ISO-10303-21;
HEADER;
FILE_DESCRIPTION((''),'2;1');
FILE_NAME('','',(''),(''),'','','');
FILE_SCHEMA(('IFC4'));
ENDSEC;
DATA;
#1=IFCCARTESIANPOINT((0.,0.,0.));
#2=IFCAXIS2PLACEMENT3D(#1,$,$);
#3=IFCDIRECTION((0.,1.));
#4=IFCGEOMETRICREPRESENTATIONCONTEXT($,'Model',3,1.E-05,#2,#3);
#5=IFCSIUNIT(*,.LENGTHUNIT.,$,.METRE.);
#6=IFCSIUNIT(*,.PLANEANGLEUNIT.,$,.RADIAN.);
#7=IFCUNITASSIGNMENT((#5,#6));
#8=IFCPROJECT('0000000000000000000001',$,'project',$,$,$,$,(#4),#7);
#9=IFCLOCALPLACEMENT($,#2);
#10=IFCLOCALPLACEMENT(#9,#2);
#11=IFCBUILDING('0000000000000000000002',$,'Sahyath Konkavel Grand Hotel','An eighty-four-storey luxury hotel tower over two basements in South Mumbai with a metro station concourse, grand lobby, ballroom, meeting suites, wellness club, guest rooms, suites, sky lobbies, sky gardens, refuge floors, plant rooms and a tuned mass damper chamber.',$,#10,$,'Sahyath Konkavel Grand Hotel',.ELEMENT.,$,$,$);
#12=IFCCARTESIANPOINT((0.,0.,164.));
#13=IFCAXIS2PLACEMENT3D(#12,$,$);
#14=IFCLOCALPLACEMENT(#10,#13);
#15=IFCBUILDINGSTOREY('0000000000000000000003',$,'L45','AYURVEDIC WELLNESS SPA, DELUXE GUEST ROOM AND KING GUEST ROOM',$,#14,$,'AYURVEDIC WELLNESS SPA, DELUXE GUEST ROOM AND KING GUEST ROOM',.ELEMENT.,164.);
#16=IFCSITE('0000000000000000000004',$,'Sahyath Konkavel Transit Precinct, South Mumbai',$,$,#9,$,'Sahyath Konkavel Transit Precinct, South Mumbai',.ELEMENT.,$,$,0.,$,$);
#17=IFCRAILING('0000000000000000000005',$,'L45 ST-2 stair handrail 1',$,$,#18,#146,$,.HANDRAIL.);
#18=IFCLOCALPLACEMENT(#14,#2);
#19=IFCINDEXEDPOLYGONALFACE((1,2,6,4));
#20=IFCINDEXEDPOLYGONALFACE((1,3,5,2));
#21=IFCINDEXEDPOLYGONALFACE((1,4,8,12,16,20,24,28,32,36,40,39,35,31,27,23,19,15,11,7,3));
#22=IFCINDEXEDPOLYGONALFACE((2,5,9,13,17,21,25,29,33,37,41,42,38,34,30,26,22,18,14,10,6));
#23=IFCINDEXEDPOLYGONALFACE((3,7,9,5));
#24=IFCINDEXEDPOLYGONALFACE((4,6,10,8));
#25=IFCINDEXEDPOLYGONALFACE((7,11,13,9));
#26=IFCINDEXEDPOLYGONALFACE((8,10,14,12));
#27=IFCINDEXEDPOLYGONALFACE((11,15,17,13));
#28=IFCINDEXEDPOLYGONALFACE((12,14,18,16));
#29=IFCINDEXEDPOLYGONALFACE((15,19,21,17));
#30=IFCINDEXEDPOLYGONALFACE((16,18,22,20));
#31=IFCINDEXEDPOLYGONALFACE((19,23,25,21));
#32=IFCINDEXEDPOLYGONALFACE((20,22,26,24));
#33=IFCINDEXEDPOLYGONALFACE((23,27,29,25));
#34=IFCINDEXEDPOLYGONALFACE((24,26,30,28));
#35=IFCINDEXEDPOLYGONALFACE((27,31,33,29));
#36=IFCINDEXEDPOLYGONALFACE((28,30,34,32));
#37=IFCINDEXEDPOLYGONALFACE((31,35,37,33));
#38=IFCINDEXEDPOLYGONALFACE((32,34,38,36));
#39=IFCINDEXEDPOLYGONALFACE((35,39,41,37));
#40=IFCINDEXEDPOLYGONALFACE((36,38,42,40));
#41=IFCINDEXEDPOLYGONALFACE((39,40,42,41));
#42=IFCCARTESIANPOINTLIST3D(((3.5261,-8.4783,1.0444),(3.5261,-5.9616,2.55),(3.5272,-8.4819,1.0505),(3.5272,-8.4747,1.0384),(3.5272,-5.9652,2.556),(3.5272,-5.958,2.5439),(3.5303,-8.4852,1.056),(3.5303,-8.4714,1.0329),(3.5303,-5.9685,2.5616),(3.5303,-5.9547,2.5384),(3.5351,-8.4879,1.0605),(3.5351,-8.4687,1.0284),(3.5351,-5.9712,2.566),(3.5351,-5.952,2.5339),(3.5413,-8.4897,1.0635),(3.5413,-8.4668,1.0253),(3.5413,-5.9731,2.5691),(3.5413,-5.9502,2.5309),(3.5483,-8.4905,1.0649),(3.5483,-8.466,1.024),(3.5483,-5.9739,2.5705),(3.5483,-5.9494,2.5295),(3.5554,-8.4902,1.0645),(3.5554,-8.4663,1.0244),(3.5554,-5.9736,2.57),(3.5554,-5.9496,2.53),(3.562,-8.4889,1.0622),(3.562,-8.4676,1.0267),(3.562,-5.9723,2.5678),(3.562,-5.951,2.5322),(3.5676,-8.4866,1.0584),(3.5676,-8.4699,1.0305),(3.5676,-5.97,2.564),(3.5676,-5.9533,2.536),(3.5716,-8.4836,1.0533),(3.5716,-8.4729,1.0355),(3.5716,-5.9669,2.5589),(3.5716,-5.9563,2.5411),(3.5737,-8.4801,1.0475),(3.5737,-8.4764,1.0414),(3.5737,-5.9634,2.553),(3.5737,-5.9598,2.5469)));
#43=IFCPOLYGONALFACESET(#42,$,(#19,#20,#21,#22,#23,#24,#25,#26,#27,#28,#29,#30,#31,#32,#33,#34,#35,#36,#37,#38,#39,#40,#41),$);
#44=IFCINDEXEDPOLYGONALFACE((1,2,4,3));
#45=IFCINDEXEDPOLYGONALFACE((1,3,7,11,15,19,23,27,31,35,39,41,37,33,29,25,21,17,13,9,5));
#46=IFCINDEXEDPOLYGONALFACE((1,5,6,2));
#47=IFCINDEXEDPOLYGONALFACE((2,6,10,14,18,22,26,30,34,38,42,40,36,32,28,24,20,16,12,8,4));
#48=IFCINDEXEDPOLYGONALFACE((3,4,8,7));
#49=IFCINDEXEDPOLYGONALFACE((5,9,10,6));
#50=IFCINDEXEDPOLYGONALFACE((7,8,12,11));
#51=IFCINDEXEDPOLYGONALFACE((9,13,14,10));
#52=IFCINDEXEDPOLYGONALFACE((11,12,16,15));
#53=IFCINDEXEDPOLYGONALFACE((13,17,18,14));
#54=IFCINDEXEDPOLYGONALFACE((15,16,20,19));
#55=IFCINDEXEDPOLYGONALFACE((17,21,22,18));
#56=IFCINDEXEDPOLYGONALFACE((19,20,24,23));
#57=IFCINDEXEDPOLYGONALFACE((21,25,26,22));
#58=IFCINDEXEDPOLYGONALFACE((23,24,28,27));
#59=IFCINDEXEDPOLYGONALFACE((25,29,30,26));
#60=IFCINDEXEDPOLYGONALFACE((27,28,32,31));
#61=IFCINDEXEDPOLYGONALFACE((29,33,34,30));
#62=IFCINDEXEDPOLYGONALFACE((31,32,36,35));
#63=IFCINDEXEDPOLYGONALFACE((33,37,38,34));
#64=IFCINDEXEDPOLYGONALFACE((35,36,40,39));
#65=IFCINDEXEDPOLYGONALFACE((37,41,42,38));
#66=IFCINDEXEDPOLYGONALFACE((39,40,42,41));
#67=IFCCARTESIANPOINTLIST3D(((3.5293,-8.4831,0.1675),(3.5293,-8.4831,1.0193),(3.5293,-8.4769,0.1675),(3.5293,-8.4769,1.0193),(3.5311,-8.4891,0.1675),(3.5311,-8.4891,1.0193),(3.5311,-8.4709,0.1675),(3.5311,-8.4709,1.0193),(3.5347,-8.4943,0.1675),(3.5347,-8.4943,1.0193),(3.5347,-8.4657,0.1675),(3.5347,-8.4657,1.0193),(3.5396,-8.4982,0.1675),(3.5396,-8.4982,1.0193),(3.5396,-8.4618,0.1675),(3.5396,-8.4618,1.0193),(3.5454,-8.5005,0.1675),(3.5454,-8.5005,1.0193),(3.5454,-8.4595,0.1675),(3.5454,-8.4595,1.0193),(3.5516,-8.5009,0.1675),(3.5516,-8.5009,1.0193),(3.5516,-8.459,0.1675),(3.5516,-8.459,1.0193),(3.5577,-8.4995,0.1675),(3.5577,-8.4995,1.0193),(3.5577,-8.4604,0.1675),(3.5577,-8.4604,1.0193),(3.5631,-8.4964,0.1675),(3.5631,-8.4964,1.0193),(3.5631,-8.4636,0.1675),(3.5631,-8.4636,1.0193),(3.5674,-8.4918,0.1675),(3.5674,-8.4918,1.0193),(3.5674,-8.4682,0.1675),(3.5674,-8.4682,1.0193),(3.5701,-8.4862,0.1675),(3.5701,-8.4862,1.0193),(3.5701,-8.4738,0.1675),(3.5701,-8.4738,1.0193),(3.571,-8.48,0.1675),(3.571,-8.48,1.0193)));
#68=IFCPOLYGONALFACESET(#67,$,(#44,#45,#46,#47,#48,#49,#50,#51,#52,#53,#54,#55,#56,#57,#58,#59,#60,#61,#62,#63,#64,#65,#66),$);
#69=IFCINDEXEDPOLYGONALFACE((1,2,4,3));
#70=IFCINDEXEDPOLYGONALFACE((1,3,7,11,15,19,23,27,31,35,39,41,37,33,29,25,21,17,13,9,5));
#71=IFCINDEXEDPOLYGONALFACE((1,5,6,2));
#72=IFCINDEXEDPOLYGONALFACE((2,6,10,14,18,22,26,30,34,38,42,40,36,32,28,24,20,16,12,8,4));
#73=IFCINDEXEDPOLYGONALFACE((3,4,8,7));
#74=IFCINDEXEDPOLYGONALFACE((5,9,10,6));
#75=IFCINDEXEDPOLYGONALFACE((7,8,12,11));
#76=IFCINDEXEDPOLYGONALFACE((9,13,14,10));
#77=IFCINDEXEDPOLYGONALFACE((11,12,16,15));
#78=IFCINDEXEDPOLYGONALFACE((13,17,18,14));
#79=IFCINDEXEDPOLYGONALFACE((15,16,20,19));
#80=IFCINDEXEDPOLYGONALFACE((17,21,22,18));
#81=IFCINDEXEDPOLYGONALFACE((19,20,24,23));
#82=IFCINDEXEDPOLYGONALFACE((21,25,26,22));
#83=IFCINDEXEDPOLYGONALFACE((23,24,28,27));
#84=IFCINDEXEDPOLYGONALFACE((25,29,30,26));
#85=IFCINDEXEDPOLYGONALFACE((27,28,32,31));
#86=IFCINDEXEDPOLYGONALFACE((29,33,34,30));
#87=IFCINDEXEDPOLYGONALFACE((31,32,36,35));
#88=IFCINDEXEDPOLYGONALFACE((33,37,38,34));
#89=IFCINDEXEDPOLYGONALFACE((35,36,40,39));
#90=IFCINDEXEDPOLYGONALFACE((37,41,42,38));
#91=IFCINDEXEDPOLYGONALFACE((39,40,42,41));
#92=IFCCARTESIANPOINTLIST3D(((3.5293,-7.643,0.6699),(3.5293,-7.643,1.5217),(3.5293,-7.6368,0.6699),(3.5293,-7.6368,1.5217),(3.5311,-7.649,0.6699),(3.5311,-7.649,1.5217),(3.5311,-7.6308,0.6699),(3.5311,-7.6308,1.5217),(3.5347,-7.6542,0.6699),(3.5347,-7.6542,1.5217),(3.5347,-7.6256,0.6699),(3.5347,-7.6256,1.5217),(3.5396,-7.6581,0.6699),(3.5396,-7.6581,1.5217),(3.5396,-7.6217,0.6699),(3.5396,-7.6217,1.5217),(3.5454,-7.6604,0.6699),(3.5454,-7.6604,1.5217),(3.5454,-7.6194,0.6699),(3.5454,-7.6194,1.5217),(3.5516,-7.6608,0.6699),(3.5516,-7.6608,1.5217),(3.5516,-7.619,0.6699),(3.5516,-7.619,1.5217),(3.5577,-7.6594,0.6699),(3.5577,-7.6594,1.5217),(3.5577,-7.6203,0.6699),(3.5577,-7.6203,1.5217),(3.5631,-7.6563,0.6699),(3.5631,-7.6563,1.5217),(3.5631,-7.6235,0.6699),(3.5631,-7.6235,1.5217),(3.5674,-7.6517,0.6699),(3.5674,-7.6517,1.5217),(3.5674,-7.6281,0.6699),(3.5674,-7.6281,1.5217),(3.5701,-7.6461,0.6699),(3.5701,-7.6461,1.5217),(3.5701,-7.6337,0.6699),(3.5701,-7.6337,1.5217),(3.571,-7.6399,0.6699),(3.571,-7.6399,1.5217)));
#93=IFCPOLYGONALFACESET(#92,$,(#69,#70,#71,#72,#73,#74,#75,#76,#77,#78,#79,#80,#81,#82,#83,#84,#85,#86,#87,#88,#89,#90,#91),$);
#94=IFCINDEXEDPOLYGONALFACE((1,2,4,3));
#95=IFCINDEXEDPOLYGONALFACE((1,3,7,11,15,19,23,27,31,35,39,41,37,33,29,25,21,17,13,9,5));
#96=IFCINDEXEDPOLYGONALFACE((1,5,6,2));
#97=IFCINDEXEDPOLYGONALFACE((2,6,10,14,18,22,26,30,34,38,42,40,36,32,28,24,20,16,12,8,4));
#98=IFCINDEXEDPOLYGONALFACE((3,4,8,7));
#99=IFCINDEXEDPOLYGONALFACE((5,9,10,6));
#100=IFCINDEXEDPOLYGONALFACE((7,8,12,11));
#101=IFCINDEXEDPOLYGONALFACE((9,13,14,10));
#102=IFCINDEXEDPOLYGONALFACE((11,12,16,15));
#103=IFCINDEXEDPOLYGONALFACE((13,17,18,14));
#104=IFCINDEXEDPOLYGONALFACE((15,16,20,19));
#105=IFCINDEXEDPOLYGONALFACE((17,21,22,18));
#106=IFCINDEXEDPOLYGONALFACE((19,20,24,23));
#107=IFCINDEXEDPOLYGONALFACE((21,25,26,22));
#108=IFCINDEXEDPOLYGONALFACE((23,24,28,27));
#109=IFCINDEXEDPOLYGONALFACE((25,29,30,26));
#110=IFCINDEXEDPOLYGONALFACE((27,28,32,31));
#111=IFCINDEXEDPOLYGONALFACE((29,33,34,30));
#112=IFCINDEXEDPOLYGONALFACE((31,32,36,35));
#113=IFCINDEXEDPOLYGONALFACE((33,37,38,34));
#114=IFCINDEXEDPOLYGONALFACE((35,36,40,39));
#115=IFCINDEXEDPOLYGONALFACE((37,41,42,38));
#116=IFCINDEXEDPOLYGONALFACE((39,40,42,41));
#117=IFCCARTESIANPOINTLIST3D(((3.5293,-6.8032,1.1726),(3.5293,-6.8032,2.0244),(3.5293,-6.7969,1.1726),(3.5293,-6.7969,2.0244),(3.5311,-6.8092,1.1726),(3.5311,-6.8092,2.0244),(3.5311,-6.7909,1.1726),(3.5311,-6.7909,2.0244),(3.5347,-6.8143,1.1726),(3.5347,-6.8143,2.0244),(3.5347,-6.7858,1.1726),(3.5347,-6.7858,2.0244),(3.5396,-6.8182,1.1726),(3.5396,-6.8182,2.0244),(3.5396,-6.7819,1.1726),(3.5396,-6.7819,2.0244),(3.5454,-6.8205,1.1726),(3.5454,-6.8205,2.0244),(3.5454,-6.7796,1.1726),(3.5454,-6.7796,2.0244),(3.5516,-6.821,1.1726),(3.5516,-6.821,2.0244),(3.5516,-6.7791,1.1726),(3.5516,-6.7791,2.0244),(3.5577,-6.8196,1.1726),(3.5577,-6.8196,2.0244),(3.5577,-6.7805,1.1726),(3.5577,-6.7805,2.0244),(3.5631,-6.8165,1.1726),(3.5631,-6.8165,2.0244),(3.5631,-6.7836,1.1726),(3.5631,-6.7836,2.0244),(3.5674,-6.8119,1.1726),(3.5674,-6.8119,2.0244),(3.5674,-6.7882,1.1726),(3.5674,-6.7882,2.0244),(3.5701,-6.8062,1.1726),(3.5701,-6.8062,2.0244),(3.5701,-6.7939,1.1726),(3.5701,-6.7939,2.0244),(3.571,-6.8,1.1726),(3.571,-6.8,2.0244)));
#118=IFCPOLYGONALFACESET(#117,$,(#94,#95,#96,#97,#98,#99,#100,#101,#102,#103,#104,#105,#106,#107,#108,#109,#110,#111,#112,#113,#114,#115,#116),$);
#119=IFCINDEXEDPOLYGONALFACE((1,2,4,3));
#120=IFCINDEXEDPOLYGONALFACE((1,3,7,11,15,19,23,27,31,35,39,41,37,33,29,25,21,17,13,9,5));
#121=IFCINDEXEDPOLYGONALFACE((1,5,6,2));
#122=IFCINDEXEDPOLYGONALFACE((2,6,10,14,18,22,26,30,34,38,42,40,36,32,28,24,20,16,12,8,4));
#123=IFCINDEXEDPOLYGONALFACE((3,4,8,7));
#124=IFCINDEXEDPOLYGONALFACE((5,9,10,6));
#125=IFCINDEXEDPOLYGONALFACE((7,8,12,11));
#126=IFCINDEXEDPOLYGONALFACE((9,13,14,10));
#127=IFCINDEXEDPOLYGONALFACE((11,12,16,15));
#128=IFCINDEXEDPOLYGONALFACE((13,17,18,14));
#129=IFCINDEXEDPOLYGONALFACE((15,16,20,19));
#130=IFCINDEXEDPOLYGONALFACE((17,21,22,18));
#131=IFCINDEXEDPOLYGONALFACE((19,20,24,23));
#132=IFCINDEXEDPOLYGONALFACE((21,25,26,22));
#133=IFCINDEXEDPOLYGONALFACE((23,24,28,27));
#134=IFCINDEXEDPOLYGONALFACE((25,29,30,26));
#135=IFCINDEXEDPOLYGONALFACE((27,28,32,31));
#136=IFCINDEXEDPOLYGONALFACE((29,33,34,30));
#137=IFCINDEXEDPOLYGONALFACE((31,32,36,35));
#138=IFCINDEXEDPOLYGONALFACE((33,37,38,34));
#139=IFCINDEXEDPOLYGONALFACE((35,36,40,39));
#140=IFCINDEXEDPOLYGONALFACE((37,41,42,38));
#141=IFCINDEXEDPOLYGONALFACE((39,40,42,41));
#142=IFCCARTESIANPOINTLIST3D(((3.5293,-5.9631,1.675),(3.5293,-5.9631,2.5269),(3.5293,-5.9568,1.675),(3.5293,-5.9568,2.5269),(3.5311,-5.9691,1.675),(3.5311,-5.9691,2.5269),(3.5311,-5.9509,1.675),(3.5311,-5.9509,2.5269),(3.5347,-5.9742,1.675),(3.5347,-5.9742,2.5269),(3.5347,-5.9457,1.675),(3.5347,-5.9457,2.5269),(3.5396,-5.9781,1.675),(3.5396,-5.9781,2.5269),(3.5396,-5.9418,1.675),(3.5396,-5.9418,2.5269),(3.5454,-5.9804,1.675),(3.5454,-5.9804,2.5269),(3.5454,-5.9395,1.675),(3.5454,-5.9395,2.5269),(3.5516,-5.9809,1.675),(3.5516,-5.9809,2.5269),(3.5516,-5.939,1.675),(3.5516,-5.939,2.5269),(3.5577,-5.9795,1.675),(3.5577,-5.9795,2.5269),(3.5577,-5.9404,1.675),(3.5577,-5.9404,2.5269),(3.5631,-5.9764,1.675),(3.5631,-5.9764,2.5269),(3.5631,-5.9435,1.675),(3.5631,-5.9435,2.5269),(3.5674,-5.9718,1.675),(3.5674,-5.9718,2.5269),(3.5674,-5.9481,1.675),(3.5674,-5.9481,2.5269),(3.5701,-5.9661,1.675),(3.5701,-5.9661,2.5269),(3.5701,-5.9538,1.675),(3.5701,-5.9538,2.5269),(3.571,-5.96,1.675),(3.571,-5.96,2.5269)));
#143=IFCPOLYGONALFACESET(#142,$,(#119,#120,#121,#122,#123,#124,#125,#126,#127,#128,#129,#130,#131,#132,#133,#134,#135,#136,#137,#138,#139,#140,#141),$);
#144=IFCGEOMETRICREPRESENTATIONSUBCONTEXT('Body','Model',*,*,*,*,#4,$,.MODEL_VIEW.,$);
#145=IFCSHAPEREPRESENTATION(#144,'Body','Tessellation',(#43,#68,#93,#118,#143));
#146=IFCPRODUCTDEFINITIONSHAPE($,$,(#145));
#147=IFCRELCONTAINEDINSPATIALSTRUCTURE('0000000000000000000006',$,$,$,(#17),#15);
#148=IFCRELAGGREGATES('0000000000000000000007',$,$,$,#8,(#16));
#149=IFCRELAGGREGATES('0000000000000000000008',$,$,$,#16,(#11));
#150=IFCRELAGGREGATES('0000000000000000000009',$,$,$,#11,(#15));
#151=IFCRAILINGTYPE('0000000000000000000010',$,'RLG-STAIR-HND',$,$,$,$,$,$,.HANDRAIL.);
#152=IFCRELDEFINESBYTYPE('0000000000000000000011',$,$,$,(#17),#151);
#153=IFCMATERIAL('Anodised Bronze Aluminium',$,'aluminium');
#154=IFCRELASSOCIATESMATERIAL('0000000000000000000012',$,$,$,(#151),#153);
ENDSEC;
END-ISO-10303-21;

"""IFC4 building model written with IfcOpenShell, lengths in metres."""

from ifc_helpers import new_model, si_unit, direction, frame, origin, origin_2d, place, context, subcontext, project, spatial, circle, extrude, material, type_object, element, save


model = new_model("IFC4")

# Units and contexts
model_context = context("Model", 3, precision=1e-05, world=origin(), true_north=direction((0.0, 1.0)))
body_context = subcontext(model_context, "Body", "Model", "MODEL_VIEW")
ifc_project = project(units=[si_unit("LENGTHUNIT", "METRE"), si_unit("PLANEANGLEUNIT", "RADIAN")], contexts=[model_context])

# Site, building, storey
site_placement = place(None, origin())
site = spatial("IfcSite", under=ifc_project, at=site_placement, Name="Sahyath Konkavel Transit Precinct, South Mumbai", LongName="Sahyath Konkavel Transit Precinct, South Mumbai", CompositionType="ELEMENT", RefElevation=0.0)
building_placement = place(site_placement, origin())
building = spatial("IfcBuilding", under=site, at=building_placement, Name="Sahyath Konkavel Grand Hotel", Description="An eighty-four-storey luxury hotel tower over two basements in South Mumbai with a metro station concourse, grand lobby, ballroom, meeting suites, wellness club, guest rooms, suites, sky lobbies, sky gardens, refuge floors, plant rooms and a tuned mass damper chamber.", LongName="Sahyath Konkavel Grand Hotel", CompositionType="ELEMENT")
storey_placement = place(building_placement, frame((0.0, 0.0, 164.0)))
storey = spatial("IfcBuildingStorey", under=building, at=storey_placement, Name="L45", Description="AYURVEDIC WELLNESS SPA, DELUXE GUEST ROOM AND KING GUEST ROOM", LongName="AYURVEDIC WELLNESS SPA, DELUXE GUEST ROOM AND KING GUEST ROOM", CompositionType="ELEMENT", Elevation=164.0)

# Railing
ifc_material_1 = material(Name="Anodised Bronze Aluminium", Category="aluminium")
railing_type_1 = type_object("IfcRailingType", Name="RLG-STAIR-HND", PredefinedType="HANDRAIL", material=ifc_material_1)
railing_1_placement = place(storey_placement, frame((3.55, -8.48, 0.1675)))
element("IfcRailing", 1, at=railing_1_placement, inside=storey, type_object=railing_type_1, Name="L45 ST-2 stair handrail 1", PredefinedType="HANDRAIL", context=body_context, shape_type="SweptSolid", body=[
    extrude(circle(Radius=0.0239, at=origin_2d()), frame((0.0, 0.0017, 0.877), z_axis=(0.0, 0.85816, 0.513383), x_axis=(-1.0, 0.0, 0.0)), (0.0, 0.0, 1.0), 2.9326),
    extrude(circle(Radius=0.021, at=origin_2d()), origin(), (0.0, 0.0, 1.0), 0.8518),
    extrude(circle(Radius=0.021, at=origin_2d()), frame((0.0, 0.8401, 0.5024)), (0.0, 0.0, 1.0), 0.8518),
    extrude(circle(Radius=0.021, at=origin_2d()), frame((0.0, 1.6799, 1.0051)), (0.0, 0.0, 1.0), 0.8518),
    extrude(circle(Radius=0.021, at=origin_2d()), frame((0.0, 2.52, 1.5076)), (0.0, 0.0, 1.0), 0.8518),
])

save(model, "model.ifc")
